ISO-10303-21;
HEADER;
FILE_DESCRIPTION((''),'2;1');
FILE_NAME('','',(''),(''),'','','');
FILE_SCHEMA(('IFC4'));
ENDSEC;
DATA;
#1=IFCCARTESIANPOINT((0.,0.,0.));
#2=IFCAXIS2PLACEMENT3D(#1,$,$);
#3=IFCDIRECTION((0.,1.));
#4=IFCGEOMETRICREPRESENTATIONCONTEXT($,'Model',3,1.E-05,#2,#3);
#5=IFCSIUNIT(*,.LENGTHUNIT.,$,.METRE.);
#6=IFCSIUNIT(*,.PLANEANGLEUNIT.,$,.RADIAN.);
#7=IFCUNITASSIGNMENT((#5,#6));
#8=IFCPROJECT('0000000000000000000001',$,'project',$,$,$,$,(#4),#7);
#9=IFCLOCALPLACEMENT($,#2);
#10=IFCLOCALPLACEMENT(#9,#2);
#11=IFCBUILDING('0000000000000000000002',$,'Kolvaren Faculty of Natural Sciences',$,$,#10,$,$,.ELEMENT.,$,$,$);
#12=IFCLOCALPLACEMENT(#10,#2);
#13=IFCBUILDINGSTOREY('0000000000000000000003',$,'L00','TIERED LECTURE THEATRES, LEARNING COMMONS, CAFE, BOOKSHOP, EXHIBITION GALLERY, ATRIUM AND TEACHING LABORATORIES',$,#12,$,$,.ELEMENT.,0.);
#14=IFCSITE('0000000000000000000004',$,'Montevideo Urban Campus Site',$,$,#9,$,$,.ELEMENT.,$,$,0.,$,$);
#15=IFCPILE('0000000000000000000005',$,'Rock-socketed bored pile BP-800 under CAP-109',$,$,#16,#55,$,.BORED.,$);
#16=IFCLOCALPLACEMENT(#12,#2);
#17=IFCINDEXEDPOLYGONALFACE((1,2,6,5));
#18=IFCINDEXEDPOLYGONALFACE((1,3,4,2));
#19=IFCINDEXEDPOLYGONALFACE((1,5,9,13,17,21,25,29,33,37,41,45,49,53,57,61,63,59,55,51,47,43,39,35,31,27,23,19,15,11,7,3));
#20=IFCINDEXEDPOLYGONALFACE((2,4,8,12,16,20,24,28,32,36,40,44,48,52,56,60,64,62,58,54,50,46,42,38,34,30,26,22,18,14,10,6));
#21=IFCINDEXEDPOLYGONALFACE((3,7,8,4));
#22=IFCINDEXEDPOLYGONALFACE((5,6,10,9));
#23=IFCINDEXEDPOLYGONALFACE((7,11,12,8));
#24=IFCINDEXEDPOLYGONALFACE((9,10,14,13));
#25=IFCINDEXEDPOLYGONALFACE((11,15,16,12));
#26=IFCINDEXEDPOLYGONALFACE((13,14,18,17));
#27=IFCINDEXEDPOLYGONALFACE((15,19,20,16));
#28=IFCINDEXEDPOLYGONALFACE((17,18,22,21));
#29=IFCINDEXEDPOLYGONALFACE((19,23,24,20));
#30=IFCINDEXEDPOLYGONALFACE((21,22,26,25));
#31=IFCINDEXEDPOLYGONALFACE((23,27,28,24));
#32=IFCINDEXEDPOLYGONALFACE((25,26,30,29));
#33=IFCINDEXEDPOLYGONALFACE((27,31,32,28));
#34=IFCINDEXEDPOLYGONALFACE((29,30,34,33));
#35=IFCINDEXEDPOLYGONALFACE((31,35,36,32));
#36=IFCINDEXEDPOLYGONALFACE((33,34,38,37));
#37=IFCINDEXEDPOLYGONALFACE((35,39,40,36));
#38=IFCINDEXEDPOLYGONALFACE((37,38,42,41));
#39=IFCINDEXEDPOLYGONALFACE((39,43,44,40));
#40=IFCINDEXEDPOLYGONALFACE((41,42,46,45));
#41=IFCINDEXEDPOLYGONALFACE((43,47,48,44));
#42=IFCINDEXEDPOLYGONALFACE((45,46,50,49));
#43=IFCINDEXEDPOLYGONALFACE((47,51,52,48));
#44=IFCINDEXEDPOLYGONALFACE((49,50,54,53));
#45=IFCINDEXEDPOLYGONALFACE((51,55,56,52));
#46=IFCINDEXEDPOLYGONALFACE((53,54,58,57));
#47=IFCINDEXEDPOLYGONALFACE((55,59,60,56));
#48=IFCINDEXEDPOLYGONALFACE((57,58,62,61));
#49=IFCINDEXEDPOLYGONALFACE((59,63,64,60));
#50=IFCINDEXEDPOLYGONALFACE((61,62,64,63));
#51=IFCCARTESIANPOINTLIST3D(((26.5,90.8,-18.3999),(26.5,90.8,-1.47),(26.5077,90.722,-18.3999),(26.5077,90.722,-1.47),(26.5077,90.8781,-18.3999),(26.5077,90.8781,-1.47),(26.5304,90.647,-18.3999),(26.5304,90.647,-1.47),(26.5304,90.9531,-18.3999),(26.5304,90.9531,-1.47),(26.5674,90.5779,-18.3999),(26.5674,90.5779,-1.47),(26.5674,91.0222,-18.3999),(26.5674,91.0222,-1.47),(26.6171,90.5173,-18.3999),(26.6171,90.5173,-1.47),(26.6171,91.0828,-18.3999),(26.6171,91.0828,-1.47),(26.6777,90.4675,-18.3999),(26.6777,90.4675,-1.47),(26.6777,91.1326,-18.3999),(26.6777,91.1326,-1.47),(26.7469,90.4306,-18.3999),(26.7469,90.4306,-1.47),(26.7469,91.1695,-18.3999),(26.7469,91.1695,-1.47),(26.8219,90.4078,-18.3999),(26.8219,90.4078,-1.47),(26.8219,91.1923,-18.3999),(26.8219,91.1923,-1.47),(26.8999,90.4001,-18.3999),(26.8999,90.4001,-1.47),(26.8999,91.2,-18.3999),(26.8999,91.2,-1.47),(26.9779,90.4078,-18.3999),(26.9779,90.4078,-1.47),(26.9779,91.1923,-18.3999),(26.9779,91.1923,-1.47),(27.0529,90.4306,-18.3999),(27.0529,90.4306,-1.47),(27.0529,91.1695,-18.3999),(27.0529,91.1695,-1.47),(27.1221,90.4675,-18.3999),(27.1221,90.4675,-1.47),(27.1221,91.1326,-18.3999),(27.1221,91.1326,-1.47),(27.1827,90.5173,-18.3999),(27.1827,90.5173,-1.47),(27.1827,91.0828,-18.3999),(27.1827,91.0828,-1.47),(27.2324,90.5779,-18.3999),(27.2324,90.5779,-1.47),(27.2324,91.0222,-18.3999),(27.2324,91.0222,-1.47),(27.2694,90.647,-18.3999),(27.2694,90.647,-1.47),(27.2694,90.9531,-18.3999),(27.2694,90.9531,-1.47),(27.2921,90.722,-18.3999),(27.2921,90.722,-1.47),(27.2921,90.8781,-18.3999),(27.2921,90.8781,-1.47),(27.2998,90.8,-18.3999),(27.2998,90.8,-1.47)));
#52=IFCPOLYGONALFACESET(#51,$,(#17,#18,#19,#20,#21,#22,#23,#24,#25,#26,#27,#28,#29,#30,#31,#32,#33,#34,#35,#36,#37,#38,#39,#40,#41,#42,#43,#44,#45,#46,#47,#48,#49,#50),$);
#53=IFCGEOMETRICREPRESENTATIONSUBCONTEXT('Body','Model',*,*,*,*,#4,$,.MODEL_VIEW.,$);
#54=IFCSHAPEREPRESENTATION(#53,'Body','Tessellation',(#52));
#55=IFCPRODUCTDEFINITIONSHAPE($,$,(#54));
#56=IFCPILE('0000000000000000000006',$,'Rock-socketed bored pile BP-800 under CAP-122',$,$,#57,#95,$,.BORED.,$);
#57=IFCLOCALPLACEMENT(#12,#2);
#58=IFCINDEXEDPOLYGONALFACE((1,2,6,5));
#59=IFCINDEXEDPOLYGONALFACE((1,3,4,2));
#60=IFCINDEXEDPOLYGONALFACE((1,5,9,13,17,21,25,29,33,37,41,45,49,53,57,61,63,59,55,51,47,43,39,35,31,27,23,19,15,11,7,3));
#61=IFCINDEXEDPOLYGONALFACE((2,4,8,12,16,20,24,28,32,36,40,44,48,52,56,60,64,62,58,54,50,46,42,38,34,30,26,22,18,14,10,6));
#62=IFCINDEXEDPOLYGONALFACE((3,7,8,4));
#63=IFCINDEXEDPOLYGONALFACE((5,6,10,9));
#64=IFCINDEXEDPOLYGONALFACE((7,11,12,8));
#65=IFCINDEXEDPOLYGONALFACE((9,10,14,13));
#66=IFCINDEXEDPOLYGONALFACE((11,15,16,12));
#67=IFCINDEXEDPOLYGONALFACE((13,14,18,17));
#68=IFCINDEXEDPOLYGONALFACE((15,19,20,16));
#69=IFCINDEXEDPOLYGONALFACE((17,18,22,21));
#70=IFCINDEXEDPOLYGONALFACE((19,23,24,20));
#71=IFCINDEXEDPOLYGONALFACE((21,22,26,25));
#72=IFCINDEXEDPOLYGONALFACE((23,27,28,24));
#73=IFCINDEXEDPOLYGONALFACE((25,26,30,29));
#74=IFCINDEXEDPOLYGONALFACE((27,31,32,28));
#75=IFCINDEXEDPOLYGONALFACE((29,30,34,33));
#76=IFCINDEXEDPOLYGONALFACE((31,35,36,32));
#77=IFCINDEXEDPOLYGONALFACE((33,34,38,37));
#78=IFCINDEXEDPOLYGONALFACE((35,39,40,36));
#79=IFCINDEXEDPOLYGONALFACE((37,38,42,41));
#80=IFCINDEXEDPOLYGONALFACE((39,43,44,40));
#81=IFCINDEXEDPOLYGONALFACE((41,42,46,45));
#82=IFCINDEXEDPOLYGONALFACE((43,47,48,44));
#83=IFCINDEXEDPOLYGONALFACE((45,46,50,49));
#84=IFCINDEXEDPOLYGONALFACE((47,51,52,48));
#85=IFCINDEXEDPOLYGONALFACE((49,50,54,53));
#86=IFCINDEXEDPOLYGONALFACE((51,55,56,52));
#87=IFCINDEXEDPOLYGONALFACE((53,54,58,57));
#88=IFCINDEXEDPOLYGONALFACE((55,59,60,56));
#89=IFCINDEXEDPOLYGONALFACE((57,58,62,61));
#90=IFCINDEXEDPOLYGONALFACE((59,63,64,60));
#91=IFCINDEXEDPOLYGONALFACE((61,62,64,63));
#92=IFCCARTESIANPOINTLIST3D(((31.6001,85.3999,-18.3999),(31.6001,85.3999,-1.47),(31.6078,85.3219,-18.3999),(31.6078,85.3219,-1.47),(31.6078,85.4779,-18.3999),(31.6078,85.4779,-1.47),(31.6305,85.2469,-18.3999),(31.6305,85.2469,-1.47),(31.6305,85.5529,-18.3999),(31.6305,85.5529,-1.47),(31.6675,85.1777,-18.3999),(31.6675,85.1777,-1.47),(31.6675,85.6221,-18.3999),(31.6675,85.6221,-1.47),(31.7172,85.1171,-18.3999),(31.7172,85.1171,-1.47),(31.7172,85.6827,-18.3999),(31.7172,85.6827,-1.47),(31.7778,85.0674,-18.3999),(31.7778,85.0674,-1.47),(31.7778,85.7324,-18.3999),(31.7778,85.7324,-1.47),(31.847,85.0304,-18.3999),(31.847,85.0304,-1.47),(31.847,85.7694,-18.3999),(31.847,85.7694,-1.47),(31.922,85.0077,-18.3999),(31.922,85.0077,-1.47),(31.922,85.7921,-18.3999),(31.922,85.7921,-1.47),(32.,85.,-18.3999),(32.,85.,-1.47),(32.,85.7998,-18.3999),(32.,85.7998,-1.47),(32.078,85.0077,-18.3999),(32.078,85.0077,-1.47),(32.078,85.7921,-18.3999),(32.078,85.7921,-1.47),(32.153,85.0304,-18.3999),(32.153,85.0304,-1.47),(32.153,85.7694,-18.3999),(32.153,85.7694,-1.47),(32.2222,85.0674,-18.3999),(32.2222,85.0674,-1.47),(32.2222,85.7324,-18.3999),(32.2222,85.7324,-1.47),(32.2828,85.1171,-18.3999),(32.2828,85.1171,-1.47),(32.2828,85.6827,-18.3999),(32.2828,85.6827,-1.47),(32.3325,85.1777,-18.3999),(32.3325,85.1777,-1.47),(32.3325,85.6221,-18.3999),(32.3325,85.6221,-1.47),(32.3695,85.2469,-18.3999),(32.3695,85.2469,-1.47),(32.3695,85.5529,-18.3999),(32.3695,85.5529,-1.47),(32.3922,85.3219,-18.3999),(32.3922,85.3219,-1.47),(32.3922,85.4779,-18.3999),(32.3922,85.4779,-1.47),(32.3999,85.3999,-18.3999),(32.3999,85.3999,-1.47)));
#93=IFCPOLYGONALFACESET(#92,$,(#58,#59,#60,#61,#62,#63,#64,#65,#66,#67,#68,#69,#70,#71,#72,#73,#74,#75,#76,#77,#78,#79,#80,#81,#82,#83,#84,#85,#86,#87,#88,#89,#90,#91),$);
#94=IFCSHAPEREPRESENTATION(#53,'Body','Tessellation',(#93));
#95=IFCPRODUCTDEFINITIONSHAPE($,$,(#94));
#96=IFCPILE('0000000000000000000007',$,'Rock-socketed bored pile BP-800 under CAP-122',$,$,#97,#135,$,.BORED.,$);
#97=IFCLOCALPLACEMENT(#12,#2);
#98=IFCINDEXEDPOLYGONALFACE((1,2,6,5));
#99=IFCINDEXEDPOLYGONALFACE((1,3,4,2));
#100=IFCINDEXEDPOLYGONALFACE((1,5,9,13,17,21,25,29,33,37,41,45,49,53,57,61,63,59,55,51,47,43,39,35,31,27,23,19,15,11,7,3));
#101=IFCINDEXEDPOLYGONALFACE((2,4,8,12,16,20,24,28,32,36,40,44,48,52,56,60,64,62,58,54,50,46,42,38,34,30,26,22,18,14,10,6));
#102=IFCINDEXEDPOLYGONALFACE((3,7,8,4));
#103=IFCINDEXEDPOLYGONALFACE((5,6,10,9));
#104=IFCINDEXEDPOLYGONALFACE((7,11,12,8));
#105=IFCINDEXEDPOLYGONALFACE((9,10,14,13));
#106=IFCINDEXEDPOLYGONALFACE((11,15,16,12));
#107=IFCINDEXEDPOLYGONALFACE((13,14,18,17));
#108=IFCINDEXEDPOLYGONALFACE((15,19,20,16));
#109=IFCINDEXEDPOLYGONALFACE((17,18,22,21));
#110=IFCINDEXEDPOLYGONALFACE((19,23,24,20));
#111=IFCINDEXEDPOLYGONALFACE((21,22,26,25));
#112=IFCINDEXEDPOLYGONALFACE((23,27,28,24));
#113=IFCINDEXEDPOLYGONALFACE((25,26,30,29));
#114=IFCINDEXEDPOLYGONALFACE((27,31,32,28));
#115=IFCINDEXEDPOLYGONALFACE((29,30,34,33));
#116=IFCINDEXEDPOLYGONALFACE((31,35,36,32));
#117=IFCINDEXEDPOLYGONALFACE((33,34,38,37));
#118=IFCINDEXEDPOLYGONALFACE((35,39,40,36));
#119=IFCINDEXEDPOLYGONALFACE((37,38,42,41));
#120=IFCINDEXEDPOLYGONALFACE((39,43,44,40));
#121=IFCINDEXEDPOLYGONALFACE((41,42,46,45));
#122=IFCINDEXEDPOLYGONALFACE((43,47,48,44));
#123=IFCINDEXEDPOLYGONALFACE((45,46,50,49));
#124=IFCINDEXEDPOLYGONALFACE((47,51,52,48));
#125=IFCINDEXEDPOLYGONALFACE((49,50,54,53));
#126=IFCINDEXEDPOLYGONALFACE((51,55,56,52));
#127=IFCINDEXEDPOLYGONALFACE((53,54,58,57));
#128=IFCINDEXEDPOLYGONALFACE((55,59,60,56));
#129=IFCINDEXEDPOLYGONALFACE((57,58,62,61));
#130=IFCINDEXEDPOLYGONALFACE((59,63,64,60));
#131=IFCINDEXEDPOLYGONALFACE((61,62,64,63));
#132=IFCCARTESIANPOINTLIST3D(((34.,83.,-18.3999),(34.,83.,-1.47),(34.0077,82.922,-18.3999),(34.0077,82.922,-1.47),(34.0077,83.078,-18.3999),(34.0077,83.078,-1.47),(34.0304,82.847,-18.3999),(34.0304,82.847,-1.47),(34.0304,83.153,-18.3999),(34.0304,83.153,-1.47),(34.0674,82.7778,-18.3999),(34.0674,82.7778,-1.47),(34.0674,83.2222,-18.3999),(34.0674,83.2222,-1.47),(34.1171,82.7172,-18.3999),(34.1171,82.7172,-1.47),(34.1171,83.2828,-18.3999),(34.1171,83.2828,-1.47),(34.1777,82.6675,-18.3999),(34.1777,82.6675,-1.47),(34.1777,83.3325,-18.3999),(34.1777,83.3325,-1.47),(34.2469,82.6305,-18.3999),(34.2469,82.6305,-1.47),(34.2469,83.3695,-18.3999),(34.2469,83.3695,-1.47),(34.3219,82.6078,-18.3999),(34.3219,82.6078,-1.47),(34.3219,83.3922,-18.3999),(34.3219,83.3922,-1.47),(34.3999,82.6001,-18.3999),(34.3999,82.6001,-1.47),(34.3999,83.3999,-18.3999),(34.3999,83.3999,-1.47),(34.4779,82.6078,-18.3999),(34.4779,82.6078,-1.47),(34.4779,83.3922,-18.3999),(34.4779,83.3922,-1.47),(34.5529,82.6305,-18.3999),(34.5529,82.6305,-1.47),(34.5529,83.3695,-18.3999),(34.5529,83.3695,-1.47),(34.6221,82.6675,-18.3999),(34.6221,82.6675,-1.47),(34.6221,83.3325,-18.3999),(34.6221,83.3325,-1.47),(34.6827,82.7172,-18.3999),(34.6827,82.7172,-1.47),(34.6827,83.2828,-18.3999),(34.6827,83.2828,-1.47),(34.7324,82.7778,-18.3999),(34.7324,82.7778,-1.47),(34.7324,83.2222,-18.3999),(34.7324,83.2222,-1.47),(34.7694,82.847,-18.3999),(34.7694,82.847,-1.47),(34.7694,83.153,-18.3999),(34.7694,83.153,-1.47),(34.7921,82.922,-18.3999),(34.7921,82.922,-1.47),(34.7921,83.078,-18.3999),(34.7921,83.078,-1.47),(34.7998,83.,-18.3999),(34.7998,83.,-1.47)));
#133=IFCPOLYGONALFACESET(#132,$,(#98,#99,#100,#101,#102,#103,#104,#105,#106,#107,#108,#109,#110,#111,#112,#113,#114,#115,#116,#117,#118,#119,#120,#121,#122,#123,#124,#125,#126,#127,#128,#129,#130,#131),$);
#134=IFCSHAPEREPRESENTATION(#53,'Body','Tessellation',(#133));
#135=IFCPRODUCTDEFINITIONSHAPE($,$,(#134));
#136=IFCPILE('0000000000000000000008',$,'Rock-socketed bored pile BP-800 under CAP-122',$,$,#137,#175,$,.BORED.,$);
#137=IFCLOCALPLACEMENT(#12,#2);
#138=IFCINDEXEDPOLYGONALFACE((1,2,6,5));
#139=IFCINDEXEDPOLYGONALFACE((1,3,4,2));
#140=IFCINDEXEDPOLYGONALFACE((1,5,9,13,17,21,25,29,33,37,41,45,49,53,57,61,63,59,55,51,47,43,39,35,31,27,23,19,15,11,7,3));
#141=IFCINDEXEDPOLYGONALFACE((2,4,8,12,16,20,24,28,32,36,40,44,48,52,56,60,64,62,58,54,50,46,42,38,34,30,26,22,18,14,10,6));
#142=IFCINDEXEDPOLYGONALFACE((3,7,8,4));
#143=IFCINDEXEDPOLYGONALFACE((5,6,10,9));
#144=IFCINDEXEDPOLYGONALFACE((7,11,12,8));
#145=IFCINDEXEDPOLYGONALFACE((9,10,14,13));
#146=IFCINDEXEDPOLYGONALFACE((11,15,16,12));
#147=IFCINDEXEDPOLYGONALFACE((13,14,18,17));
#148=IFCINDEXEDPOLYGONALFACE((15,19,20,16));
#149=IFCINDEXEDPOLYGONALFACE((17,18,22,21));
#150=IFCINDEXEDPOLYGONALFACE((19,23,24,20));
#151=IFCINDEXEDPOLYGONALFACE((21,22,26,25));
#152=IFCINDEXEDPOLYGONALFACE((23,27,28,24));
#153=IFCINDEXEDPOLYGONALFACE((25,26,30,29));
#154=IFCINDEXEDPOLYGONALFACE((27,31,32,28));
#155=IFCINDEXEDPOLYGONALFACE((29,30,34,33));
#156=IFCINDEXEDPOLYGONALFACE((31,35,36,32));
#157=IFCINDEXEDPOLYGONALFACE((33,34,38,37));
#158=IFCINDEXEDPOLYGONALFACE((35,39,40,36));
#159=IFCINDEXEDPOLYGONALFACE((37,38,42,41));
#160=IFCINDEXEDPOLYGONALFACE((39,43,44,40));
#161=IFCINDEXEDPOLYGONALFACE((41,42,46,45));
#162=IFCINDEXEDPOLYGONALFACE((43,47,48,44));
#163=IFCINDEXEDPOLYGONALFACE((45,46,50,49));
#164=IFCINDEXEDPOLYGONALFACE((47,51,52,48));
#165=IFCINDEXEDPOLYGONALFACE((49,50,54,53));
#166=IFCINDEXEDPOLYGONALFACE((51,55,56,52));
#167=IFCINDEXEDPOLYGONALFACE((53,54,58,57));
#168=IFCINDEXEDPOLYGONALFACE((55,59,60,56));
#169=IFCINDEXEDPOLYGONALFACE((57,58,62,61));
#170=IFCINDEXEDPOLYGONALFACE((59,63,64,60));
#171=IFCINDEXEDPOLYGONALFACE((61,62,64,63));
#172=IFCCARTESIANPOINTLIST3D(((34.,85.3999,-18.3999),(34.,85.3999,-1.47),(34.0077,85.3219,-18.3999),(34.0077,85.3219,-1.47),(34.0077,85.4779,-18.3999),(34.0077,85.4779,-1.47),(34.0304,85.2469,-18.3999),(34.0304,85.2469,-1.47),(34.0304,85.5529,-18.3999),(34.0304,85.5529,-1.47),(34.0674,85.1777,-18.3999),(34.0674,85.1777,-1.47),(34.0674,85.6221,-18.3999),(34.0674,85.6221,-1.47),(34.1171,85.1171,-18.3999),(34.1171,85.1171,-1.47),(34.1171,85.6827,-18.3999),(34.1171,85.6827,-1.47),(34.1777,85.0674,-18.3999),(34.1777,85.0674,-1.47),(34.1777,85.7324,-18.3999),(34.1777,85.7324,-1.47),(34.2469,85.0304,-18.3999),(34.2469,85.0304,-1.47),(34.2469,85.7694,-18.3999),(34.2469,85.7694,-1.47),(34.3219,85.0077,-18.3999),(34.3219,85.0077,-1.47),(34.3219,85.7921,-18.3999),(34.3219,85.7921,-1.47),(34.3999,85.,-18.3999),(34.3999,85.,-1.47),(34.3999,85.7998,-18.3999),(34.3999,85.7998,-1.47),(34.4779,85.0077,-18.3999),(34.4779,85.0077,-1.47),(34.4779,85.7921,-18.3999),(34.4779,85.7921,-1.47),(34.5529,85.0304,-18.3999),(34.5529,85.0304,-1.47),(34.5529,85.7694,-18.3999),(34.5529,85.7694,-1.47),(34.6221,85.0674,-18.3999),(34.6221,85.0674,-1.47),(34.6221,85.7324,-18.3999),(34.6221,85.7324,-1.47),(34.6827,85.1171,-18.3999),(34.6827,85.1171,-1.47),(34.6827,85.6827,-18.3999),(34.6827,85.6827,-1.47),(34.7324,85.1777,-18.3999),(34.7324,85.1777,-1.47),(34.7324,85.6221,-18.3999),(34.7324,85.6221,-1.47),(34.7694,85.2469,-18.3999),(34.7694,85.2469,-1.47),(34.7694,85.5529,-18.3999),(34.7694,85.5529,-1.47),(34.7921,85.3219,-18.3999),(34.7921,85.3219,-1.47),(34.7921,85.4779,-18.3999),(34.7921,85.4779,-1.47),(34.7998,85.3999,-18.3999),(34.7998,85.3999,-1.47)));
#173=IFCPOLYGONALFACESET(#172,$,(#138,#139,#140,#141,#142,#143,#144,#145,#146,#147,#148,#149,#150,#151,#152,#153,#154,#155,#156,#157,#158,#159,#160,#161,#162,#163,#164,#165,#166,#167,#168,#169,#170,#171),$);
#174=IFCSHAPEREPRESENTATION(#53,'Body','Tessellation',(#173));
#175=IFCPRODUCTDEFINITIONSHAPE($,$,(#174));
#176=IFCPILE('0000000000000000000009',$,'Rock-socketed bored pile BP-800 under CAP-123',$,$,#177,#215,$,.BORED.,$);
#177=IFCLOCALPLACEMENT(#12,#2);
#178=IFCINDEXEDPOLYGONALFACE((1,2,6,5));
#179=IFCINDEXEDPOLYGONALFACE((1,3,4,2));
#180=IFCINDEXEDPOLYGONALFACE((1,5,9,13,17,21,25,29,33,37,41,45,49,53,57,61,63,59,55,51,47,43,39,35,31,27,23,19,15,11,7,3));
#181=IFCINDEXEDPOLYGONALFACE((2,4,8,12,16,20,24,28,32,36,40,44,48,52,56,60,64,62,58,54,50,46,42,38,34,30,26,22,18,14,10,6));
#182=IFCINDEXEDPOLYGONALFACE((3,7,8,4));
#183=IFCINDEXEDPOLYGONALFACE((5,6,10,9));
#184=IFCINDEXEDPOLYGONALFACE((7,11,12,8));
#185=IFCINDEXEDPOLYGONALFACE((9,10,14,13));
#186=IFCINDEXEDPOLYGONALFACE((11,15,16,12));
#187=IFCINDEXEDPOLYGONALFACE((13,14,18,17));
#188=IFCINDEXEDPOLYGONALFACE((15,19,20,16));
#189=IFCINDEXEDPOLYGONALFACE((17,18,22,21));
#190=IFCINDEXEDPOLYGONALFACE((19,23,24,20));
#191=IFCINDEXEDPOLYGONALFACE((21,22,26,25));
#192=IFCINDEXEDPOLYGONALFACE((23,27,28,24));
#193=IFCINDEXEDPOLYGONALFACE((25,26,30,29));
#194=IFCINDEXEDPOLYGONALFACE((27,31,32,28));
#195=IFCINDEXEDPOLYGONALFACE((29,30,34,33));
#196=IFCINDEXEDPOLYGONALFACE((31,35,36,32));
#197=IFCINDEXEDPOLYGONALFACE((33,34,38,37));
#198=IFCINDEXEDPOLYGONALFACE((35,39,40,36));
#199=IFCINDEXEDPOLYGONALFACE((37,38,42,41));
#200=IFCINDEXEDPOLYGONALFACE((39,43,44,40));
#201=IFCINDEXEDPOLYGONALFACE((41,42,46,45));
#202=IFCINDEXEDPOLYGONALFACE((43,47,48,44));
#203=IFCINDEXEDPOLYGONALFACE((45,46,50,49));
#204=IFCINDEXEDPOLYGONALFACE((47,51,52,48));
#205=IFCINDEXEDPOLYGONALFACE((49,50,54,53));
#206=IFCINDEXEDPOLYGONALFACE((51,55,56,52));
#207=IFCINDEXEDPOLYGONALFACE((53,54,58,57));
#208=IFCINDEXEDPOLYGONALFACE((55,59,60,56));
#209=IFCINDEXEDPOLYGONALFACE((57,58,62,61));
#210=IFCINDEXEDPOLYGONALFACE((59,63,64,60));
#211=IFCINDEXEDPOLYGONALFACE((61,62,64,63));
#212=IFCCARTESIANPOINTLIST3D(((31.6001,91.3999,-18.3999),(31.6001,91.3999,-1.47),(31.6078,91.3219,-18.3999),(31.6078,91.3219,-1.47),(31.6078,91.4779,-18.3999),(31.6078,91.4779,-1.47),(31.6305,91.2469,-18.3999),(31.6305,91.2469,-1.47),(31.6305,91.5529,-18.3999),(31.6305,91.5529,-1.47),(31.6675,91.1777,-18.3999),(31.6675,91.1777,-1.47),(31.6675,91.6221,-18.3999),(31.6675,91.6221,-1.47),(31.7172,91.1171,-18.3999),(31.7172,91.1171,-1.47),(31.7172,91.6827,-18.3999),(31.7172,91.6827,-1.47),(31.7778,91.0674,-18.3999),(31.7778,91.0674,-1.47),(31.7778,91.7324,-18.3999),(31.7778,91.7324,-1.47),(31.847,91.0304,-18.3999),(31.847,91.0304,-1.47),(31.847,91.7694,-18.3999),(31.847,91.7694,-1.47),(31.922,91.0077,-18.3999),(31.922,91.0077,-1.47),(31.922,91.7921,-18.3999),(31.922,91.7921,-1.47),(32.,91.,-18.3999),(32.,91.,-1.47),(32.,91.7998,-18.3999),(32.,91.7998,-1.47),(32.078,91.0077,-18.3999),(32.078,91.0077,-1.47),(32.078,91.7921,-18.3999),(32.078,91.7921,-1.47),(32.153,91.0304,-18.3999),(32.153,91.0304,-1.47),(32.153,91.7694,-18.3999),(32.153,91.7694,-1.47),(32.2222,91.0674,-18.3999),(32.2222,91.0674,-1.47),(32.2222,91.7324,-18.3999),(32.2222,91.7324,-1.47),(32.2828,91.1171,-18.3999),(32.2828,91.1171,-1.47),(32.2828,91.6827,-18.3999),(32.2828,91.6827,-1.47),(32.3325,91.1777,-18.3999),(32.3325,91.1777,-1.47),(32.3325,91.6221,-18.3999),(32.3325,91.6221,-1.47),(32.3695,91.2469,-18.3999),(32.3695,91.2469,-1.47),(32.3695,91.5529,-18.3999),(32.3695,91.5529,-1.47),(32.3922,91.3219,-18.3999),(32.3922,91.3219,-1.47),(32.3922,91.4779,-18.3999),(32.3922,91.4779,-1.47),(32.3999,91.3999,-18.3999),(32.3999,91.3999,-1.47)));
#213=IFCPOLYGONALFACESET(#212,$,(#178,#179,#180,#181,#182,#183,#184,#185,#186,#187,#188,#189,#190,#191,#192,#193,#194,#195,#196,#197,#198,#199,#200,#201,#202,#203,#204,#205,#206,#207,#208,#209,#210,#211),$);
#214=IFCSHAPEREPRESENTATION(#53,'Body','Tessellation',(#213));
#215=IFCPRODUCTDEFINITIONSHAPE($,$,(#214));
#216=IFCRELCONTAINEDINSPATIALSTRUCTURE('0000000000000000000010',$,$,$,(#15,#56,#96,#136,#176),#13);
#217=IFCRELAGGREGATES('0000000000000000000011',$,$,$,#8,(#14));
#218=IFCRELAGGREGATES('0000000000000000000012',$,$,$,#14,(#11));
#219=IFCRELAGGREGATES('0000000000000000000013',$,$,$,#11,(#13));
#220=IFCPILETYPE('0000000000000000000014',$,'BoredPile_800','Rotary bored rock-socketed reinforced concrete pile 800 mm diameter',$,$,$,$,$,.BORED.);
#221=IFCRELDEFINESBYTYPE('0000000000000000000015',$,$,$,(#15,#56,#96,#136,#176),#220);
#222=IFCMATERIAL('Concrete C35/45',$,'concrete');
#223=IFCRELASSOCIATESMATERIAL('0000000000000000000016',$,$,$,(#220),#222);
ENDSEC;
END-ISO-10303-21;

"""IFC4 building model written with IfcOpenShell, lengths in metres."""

from ifc_helpers import new_model, si_unit, direction, frame, origin, origin_2d, place, context, subcontext, project, spatial, circle, extrude, material, material_profile, profile_set, type_object, element, save


model = new_model("IFC4")

# Units and contexts
model_context = context("Model", 3, precision=1e-05, world=origin(), true_north=direction((0.0, 1.0)))
body_context = subcontext(model_context, "Body", "Model", "MODEL_VIEW")
ifc_project = project(units=[si_unit("LENGTHUNIT", "METRE"), si_unit("PLANEANGLEUNIT", "RADIAN")], contexts=[model_context])

# Site, building, storey
site_placement = place(None, origin())
site = spatial("IfcSite", under=ifc_project, at=site_placement, Name="Montevideo Urban Campus Site", CompositionType="ELEMENT", RefElevation=0.0)
building_placement = place(site_placement, origin())
building = spatial("IfcBuilding", under=site, at=building_placement, Name="Kolvaren Faculty of Natural Sciences", CompositionType="ELEMENT")
storey_placement = place(building_placement, origin())
storey = spatial("IfcBuildingStorey", under=building, at=storey_placement, Name="L00", Description="TIERED LECTURE THEATRES, LEARNING COMMONS, CAFE, BOOKSHOP, EXHIBITION GALLERY, ATRIUM AND TEACHING LABORATORIES", CompositionType="ELEMENT", Elevation=0.0)

# Piles
ifc_material_1 = material(Name="Concrete C35/45", Category="concrete")
ifc_material_profile_1 = material_profile(ifc_material_1, circle(Radius=0.3999, at=origin_2d()), Name="PILE D800")
ifc_profile_set_1 = profile_set([ifc_material_profile_1], Name="Concrete C35/45")
pile_type = type_object("IfcPileType", Name="BoredPile_800", Description="Rotary bored rock-socketed reinforced concrete pile 800 mm diameter", PredefinedType="BORED", material=ifc_profile_set_1)
for number, where, z_axis, x_axis, name in (
    (1, (26.8999, 90.8, -1.47), (0.0, 0.0, -1.0), (1.0, 0.0, 0.0), "Rock-socketed bored pile BP-800 under CAP-109"),
    (2, (32.0, 85.3999, -1.47), (0.0, 0.0, -1.0), (1.0, 0.0, 0.0), "Rock-socketed bored pile BP-800 under CAP-122"),
    (3, (34.3999, 83.0, -1.47), (0.0, 0.0, -1.0), (1.0, 0.0, 0.0), "Rock-socketed bored pile BP-800 under CAP-122"),
    (4, (34.3999, 85.3999, -1.47), (0.0, 0.0, -1.0), (1.0, 0.0, 0.0), "Rock-socketed bored pile BP-800 under CAP-122"),
    (5, (32.0, 91.3999, -1.47), (0.0, 0.0, -1.0), (1.0, 0.0, 0.0), "Rock-socketed bored pile BP-800 under CAP-123"),
):
    element("IfcPile", number, at=place(storey_placement, frame(where, z_axis=z_axis, x_axis=x_axis)), inside=storey, type_object=pile_type, Name=name, PredefinedType="BORED", context=body_context, shape_type="SweptSolid", body=[
        extrude(circle(Radius=0.3999, at=origin_2d()), origin(), (0.0, 0.0, 1.0), 16.9299),
    ])

save(model, "model.ifc")
